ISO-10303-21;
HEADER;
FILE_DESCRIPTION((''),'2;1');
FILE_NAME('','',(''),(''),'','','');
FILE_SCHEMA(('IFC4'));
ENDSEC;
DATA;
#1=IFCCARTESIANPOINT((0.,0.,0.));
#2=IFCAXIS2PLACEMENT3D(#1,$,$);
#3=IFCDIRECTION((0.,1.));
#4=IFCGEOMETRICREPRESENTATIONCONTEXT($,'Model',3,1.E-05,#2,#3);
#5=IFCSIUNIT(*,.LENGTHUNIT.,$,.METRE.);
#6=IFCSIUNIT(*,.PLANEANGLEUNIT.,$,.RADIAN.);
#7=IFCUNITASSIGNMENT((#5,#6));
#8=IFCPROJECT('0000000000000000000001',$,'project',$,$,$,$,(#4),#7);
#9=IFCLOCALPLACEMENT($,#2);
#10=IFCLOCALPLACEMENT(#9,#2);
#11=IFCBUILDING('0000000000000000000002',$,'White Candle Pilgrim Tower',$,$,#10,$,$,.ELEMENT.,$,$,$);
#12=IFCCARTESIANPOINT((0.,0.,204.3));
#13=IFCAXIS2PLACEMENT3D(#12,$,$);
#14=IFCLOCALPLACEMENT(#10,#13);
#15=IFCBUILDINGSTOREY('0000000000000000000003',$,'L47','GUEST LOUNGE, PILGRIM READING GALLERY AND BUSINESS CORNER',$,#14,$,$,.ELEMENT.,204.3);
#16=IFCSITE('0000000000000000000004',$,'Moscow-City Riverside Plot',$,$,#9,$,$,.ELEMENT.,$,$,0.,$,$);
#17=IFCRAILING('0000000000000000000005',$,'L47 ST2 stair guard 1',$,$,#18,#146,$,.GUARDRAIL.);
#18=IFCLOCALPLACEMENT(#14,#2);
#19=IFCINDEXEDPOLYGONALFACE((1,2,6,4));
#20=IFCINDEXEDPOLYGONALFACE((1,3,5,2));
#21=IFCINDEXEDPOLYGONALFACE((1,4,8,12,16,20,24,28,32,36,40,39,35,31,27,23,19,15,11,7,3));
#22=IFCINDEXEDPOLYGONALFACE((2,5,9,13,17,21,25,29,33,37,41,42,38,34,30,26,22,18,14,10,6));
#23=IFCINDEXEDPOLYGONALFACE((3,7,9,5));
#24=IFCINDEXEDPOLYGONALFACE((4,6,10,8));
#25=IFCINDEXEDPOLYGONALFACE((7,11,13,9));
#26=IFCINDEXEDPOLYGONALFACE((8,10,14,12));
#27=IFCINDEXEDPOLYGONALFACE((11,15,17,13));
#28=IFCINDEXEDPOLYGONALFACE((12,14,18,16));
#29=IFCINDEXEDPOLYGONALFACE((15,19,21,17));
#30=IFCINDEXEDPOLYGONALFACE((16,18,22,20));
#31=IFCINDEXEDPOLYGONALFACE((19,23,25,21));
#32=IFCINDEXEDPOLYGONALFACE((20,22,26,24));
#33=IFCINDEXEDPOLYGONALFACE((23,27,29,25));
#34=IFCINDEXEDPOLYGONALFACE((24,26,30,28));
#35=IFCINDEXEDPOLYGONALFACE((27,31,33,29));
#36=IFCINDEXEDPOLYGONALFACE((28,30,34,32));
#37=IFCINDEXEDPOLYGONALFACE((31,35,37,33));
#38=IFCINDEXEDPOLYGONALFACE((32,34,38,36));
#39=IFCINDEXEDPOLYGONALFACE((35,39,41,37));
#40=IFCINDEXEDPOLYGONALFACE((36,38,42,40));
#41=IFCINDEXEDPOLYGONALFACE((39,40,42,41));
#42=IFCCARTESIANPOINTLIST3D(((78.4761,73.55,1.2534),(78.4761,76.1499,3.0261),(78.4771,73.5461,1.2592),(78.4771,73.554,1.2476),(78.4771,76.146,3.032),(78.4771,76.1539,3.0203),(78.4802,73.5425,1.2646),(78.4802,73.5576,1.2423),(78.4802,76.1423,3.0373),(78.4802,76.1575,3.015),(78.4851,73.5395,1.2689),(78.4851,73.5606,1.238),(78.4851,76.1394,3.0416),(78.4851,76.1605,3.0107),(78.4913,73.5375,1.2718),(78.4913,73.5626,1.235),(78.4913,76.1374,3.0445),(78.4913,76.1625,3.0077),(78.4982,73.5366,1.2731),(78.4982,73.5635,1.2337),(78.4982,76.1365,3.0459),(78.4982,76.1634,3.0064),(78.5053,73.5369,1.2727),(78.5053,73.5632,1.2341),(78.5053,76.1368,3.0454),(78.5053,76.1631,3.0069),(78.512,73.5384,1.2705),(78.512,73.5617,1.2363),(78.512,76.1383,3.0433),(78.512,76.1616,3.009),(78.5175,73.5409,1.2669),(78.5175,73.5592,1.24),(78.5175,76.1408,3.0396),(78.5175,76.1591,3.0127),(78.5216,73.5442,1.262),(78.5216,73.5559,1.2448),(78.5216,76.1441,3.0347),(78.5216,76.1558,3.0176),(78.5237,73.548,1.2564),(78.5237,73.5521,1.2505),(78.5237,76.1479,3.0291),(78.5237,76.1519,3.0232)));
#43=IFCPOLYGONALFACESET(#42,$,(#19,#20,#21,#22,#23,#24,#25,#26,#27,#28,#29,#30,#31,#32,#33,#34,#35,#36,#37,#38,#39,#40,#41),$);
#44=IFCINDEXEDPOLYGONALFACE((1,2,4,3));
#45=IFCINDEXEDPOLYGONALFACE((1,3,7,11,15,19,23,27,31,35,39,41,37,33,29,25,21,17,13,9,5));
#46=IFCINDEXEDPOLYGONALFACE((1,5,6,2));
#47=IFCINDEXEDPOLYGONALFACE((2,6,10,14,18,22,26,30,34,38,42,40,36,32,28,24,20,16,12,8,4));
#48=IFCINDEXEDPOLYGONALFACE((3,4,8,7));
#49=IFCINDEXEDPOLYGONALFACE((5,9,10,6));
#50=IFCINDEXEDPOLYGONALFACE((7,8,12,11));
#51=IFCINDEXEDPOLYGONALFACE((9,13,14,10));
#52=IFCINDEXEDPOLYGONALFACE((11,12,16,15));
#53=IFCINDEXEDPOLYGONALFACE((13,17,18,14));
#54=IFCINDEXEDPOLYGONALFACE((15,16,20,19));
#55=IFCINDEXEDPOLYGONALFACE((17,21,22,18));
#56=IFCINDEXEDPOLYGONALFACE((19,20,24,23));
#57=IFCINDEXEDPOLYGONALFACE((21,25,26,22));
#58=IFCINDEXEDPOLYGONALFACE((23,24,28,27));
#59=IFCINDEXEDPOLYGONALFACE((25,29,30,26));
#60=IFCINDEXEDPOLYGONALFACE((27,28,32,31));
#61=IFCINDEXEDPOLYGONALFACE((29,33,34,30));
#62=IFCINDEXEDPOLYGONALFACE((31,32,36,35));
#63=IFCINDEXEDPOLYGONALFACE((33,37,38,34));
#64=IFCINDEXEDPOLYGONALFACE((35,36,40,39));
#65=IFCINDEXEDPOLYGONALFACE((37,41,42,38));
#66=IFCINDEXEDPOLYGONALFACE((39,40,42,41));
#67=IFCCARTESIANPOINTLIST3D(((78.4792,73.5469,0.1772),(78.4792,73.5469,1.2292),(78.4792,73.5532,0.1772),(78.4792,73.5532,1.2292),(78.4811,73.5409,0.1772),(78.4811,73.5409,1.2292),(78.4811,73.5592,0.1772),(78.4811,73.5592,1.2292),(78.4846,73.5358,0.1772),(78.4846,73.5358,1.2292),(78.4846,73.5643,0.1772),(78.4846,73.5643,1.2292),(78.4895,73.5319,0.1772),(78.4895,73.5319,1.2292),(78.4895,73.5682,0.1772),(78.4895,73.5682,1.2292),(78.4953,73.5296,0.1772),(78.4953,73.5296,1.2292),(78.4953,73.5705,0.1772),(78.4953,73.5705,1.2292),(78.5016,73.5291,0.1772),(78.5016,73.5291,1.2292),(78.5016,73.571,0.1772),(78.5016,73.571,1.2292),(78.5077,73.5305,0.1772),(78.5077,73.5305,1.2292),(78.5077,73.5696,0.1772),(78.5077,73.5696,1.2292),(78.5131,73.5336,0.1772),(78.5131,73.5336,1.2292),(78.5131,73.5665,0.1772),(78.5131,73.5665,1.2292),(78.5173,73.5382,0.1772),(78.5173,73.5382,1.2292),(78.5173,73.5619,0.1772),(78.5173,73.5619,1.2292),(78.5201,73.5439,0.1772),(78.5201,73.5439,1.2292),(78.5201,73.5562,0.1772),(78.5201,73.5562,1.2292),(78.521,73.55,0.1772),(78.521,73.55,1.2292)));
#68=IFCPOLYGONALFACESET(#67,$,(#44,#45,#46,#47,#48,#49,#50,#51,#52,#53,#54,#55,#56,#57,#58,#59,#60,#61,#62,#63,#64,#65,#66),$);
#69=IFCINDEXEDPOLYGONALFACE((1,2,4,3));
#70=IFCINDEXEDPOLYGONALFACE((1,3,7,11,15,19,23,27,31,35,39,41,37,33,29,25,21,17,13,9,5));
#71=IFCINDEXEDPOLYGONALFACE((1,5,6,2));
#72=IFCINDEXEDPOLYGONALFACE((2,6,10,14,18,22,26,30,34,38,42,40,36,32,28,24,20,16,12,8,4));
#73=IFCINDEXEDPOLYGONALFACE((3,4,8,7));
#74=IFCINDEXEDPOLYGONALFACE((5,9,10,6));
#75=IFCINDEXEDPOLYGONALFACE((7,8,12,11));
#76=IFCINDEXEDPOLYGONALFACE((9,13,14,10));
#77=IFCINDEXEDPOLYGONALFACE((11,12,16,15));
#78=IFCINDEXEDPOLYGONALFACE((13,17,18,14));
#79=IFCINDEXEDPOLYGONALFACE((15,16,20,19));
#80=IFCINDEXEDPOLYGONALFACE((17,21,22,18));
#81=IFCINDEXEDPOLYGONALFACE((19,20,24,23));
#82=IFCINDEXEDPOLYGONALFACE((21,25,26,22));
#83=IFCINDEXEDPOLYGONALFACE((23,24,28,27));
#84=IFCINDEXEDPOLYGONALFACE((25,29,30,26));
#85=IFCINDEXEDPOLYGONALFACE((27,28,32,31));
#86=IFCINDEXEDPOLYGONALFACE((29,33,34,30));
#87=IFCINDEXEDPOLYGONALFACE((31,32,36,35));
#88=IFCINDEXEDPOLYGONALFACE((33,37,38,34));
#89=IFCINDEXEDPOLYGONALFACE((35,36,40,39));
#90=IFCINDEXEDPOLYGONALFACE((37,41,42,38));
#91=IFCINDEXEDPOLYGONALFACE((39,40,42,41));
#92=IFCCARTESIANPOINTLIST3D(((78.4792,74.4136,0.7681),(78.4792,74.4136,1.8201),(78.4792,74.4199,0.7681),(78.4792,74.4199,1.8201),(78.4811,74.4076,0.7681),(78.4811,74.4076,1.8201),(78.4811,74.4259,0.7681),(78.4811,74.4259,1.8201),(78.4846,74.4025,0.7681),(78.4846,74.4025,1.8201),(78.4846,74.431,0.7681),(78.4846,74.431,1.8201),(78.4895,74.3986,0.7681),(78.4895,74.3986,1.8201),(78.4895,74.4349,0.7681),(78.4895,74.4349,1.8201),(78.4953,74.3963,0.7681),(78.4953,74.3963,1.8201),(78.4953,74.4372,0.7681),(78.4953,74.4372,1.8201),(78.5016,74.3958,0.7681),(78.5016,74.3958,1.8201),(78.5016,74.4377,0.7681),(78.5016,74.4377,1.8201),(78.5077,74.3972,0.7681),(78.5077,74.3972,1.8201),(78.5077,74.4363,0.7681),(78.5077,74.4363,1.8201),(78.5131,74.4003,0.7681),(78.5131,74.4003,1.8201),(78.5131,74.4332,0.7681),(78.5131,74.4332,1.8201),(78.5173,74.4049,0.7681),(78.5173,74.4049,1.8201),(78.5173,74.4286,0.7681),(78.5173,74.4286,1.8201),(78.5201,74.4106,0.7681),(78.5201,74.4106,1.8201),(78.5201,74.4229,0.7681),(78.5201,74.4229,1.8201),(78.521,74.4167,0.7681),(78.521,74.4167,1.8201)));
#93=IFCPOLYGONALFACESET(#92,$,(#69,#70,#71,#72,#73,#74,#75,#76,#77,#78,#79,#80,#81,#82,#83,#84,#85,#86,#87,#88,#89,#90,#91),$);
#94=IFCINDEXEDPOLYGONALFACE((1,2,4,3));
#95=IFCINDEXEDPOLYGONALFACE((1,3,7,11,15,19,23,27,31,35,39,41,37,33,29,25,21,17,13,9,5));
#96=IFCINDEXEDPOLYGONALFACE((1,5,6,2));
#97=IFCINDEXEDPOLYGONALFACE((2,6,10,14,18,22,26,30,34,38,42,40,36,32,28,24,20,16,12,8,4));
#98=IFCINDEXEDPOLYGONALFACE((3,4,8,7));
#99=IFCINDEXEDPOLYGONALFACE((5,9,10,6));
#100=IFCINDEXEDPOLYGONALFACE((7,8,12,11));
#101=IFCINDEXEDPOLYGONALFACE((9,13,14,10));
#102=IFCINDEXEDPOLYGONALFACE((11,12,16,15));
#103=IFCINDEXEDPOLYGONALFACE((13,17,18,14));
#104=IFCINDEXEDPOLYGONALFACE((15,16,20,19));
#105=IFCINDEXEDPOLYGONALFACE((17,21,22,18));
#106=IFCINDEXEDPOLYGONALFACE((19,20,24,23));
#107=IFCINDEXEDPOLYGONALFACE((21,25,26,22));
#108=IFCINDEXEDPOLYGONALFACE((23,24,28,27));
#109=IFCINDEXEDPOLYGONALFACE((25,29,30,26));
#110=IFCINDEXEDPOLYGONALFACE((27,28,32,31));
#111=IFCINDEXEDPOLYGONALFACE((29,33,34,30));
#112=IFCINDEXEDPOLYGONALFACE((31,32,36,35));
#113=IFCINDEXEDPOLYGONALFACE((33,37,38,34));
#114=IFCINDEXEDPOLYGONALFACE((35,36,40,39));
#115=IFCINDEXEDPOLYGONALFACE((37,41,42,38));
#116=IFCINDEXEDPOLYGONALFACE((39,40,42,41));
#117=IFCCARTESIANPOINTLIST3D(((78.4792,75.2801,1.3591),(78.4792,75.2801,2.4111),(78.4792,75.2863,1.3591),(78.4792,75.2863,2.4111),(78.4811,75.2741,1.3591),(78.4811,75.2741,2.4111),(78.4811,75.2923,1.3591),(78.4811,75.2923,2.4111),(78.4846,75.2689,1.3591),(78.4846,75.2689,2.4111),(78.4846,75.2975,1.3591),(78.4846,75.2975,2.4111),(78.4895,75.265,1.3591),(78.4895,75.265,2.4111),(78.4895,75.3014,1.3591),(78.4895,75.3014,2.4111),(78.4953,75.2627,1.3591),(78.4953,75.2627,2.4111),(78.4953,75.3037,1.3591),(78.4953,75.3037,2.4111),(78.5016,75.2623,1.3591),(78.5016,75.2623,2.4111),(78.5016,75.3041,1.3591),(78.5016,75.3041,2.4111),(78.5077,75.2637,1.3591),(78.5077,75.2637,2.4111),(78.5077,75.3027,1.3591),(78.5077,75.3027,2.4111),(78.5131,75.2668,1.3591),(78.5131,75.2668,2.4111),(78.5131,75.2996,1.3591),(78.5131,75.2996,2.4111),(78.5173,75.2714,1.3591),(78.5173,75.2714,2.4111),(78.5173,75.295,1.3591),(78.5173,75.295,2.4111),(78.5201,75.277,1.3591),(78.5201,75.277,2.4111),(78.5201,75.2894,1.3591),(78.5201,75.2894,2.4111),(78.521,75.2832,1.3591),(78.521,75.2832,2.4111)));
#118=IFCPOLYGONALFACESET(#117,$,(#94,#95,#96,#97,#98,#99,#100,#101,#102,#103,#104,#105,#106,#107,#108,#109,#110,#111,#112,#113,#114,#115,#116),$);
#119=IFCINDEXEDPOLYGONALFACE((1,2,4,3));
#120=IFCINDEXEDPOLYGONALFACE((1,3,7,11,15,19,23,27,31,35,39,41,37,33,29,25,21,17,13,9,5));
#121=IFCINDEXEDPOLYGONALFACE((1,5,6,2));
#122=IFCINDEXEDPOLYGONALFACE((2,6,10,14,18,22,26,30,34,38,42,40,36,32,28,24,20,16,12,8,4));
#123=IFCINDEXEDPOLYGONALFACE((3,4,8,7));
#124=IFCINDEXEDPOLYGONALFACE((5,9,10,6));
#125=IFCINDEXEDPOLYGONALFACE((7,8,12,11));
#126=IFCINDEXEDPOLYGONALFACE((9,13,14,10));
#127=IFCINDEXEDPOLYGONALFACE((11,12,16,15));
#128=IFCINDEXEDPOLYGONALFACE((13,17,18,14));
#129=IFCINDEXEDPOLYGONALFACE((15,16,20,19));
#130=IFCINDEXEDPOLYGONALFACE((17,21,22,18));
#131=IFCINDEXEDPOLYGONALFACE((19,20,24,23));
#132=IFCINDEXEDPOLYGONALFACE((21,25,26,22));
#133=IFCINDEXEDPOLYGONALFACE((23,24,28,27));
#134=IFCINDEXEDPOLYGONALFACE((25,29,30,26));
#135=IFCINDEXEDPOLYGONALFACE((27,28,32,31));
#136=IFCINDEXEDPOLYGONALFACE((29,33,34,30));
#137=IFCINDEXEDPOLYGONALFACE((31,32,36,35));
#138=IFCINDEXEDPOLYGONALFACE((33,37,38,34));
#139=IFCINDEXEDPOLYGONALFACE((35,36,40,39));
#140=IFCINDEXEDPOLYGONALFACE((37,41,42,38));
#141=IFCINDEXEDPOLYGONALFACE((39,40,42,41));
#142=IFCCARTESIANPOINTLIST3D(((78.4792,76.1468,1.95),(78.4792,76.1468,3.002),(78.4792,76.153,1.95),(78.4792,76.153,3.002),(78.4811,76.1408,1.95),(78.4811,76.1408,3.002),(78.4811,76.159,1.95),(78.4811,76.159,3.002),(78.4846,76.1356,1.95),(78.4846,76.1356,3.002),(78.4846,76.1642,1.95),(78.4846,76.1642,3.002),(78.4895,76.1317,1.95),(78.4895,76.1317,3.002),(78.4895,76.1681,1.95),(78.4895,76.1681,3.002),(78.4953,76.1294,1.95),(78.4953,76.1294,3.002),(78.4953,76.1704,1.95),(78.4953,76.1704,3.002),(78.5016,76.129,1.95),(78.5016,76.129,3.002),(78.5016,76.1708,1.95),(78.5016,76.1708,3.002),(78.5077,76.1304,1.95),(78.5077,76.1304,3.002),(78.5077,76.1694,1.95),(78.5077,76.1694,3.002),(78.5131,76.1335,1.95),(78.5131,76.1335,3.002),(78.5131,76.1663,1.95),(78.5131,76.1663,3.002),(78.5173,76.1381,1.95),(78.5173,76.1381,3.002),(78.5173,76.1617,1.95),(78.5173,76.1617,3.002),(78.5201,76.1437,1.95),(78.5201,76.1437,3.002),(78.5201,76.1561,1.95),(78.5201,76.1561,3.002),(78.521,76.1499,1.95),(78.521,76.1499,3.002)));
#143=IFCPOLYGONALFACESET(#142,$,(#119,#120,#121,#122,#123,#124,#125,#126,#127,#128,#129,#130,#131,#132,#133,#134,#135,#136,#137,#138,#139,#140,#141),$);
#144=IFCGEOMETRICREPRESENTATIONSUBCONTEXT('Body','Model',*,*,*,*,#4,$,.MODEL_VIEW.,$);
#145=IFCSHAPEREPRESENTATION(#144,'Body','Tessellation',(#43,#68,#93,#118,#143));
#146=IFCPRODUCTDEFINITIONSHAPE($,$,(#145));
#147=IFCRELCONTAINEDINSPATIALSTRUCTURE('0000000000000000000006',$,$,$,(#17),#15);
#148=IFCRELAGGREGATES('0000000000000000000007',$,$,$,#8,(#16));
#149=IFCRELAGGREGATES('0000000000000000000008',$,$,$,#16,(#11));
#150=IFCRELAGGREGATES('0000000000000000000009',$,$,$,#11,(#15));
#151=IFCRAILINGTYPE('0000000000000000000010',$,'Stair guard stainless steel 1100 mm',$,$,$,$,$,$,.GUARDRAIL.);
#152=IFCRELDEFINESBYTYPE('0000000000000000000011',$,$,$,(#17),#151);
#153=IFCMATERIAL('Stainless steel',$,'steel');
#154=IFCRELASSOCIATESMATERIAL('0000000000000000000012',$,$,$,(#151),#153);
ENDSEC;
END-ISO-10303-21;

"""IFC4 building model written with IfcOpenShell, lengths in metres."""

from ifc_helpers import new_model, si_unit, direction, frame, origin, origin_2d, place, context, subcontext, project, spatial, circle, extrude, material, type_object, element, save


model = new_model("IFC4")

# Units and contexts
model_context = context("Model", 3, precision=1e-05, world=origin(), true_north=direction((0.0, 1.0)))
body_context = subcontext(model_context, "Body", "Model", "MODEL_VIEW")
ifc_project = project(units=[si_unit("LENGTHUNIT", "METRE"), si_unit("PLANEANGLEUNIT", "RADIAN")], contexts=[model_context])

# Site, building, storey
site_placement = place(None, origin())
site = spatial("IfcSite", under=ifc_project, at=site_placement, Name="Moscow-City Riverside Plot", CompositionType="ELEMENT", RefElevation=0.0)
building_placement = place(site_placement, origin())
building = spatial("IfcBuilding", under=site, at=building_placement, Name="White Candle Pilgrim Tower", CompositionType="ELEMENT")
storey_placement = place(building_placement, frame((0.0, 0.0, 204.3)))
storey = spatial("IfcBuildingStorey", under=building, at=storey_placement, Name="L47", Description="GUEST LOUNGE, PILGRIM READING GALLERY AND BUSINESS CORNER", CompositionType="ELEMENT", Elevation=204.3)

# Railing
ifc_material_1 = material(Name="Stainless steel", Category="steel")
railing_type_1 = type_object("IfcRailingType", Name="Stair guard stainless steel 1100 mm", PredefinedType="GUARDRAIL", material=ifc_material_1)
railing_1_placement = place(storey_placement, frame((78.5, 73.55, 0.1772)))
element("IfcRailing", 1, at=railing_1_placement, inside=storey, type_object=railing_type_1, Name="L47 ST2 stair guard 1", PredefinedType="GUARDRAIL", context=body_context, shape_type="SweptSolid", body=[
    extrude(circle(Radius=0.0239, at=origin_2d()), frame((0.0, 0.0, 1.0762), z_axis=(0.0, 0.826216, 0.563354), x_axis=(-1.0, 0.0, 0.0)), (0.0, 0.0, 1.0), 3.1467),
    extrude(circle(Radius=0.021, at=origin_2d()), origin(), (0.0, 0.0, 1.0), 1.052),
    extrude(circle(Radius=0.021, at=origin_2d()), frame((0.0, 0.8667, 0.5908)), (0.0, 0.0, 1.0), 1.052),
    extrude(circle(Radius=0.021, at=origin_2d()), frame((0.0, 1.7332, 1.1819)), (0.0, 0.0, 1.0), 1.052),
    extrude(circle(Radius=0.021, at=origin_2d()), frame((0.0, 2.5999, 1.7727)), (0.0, 0.0, 1.0), 1.052),
])

save(model, "model.ifc")
